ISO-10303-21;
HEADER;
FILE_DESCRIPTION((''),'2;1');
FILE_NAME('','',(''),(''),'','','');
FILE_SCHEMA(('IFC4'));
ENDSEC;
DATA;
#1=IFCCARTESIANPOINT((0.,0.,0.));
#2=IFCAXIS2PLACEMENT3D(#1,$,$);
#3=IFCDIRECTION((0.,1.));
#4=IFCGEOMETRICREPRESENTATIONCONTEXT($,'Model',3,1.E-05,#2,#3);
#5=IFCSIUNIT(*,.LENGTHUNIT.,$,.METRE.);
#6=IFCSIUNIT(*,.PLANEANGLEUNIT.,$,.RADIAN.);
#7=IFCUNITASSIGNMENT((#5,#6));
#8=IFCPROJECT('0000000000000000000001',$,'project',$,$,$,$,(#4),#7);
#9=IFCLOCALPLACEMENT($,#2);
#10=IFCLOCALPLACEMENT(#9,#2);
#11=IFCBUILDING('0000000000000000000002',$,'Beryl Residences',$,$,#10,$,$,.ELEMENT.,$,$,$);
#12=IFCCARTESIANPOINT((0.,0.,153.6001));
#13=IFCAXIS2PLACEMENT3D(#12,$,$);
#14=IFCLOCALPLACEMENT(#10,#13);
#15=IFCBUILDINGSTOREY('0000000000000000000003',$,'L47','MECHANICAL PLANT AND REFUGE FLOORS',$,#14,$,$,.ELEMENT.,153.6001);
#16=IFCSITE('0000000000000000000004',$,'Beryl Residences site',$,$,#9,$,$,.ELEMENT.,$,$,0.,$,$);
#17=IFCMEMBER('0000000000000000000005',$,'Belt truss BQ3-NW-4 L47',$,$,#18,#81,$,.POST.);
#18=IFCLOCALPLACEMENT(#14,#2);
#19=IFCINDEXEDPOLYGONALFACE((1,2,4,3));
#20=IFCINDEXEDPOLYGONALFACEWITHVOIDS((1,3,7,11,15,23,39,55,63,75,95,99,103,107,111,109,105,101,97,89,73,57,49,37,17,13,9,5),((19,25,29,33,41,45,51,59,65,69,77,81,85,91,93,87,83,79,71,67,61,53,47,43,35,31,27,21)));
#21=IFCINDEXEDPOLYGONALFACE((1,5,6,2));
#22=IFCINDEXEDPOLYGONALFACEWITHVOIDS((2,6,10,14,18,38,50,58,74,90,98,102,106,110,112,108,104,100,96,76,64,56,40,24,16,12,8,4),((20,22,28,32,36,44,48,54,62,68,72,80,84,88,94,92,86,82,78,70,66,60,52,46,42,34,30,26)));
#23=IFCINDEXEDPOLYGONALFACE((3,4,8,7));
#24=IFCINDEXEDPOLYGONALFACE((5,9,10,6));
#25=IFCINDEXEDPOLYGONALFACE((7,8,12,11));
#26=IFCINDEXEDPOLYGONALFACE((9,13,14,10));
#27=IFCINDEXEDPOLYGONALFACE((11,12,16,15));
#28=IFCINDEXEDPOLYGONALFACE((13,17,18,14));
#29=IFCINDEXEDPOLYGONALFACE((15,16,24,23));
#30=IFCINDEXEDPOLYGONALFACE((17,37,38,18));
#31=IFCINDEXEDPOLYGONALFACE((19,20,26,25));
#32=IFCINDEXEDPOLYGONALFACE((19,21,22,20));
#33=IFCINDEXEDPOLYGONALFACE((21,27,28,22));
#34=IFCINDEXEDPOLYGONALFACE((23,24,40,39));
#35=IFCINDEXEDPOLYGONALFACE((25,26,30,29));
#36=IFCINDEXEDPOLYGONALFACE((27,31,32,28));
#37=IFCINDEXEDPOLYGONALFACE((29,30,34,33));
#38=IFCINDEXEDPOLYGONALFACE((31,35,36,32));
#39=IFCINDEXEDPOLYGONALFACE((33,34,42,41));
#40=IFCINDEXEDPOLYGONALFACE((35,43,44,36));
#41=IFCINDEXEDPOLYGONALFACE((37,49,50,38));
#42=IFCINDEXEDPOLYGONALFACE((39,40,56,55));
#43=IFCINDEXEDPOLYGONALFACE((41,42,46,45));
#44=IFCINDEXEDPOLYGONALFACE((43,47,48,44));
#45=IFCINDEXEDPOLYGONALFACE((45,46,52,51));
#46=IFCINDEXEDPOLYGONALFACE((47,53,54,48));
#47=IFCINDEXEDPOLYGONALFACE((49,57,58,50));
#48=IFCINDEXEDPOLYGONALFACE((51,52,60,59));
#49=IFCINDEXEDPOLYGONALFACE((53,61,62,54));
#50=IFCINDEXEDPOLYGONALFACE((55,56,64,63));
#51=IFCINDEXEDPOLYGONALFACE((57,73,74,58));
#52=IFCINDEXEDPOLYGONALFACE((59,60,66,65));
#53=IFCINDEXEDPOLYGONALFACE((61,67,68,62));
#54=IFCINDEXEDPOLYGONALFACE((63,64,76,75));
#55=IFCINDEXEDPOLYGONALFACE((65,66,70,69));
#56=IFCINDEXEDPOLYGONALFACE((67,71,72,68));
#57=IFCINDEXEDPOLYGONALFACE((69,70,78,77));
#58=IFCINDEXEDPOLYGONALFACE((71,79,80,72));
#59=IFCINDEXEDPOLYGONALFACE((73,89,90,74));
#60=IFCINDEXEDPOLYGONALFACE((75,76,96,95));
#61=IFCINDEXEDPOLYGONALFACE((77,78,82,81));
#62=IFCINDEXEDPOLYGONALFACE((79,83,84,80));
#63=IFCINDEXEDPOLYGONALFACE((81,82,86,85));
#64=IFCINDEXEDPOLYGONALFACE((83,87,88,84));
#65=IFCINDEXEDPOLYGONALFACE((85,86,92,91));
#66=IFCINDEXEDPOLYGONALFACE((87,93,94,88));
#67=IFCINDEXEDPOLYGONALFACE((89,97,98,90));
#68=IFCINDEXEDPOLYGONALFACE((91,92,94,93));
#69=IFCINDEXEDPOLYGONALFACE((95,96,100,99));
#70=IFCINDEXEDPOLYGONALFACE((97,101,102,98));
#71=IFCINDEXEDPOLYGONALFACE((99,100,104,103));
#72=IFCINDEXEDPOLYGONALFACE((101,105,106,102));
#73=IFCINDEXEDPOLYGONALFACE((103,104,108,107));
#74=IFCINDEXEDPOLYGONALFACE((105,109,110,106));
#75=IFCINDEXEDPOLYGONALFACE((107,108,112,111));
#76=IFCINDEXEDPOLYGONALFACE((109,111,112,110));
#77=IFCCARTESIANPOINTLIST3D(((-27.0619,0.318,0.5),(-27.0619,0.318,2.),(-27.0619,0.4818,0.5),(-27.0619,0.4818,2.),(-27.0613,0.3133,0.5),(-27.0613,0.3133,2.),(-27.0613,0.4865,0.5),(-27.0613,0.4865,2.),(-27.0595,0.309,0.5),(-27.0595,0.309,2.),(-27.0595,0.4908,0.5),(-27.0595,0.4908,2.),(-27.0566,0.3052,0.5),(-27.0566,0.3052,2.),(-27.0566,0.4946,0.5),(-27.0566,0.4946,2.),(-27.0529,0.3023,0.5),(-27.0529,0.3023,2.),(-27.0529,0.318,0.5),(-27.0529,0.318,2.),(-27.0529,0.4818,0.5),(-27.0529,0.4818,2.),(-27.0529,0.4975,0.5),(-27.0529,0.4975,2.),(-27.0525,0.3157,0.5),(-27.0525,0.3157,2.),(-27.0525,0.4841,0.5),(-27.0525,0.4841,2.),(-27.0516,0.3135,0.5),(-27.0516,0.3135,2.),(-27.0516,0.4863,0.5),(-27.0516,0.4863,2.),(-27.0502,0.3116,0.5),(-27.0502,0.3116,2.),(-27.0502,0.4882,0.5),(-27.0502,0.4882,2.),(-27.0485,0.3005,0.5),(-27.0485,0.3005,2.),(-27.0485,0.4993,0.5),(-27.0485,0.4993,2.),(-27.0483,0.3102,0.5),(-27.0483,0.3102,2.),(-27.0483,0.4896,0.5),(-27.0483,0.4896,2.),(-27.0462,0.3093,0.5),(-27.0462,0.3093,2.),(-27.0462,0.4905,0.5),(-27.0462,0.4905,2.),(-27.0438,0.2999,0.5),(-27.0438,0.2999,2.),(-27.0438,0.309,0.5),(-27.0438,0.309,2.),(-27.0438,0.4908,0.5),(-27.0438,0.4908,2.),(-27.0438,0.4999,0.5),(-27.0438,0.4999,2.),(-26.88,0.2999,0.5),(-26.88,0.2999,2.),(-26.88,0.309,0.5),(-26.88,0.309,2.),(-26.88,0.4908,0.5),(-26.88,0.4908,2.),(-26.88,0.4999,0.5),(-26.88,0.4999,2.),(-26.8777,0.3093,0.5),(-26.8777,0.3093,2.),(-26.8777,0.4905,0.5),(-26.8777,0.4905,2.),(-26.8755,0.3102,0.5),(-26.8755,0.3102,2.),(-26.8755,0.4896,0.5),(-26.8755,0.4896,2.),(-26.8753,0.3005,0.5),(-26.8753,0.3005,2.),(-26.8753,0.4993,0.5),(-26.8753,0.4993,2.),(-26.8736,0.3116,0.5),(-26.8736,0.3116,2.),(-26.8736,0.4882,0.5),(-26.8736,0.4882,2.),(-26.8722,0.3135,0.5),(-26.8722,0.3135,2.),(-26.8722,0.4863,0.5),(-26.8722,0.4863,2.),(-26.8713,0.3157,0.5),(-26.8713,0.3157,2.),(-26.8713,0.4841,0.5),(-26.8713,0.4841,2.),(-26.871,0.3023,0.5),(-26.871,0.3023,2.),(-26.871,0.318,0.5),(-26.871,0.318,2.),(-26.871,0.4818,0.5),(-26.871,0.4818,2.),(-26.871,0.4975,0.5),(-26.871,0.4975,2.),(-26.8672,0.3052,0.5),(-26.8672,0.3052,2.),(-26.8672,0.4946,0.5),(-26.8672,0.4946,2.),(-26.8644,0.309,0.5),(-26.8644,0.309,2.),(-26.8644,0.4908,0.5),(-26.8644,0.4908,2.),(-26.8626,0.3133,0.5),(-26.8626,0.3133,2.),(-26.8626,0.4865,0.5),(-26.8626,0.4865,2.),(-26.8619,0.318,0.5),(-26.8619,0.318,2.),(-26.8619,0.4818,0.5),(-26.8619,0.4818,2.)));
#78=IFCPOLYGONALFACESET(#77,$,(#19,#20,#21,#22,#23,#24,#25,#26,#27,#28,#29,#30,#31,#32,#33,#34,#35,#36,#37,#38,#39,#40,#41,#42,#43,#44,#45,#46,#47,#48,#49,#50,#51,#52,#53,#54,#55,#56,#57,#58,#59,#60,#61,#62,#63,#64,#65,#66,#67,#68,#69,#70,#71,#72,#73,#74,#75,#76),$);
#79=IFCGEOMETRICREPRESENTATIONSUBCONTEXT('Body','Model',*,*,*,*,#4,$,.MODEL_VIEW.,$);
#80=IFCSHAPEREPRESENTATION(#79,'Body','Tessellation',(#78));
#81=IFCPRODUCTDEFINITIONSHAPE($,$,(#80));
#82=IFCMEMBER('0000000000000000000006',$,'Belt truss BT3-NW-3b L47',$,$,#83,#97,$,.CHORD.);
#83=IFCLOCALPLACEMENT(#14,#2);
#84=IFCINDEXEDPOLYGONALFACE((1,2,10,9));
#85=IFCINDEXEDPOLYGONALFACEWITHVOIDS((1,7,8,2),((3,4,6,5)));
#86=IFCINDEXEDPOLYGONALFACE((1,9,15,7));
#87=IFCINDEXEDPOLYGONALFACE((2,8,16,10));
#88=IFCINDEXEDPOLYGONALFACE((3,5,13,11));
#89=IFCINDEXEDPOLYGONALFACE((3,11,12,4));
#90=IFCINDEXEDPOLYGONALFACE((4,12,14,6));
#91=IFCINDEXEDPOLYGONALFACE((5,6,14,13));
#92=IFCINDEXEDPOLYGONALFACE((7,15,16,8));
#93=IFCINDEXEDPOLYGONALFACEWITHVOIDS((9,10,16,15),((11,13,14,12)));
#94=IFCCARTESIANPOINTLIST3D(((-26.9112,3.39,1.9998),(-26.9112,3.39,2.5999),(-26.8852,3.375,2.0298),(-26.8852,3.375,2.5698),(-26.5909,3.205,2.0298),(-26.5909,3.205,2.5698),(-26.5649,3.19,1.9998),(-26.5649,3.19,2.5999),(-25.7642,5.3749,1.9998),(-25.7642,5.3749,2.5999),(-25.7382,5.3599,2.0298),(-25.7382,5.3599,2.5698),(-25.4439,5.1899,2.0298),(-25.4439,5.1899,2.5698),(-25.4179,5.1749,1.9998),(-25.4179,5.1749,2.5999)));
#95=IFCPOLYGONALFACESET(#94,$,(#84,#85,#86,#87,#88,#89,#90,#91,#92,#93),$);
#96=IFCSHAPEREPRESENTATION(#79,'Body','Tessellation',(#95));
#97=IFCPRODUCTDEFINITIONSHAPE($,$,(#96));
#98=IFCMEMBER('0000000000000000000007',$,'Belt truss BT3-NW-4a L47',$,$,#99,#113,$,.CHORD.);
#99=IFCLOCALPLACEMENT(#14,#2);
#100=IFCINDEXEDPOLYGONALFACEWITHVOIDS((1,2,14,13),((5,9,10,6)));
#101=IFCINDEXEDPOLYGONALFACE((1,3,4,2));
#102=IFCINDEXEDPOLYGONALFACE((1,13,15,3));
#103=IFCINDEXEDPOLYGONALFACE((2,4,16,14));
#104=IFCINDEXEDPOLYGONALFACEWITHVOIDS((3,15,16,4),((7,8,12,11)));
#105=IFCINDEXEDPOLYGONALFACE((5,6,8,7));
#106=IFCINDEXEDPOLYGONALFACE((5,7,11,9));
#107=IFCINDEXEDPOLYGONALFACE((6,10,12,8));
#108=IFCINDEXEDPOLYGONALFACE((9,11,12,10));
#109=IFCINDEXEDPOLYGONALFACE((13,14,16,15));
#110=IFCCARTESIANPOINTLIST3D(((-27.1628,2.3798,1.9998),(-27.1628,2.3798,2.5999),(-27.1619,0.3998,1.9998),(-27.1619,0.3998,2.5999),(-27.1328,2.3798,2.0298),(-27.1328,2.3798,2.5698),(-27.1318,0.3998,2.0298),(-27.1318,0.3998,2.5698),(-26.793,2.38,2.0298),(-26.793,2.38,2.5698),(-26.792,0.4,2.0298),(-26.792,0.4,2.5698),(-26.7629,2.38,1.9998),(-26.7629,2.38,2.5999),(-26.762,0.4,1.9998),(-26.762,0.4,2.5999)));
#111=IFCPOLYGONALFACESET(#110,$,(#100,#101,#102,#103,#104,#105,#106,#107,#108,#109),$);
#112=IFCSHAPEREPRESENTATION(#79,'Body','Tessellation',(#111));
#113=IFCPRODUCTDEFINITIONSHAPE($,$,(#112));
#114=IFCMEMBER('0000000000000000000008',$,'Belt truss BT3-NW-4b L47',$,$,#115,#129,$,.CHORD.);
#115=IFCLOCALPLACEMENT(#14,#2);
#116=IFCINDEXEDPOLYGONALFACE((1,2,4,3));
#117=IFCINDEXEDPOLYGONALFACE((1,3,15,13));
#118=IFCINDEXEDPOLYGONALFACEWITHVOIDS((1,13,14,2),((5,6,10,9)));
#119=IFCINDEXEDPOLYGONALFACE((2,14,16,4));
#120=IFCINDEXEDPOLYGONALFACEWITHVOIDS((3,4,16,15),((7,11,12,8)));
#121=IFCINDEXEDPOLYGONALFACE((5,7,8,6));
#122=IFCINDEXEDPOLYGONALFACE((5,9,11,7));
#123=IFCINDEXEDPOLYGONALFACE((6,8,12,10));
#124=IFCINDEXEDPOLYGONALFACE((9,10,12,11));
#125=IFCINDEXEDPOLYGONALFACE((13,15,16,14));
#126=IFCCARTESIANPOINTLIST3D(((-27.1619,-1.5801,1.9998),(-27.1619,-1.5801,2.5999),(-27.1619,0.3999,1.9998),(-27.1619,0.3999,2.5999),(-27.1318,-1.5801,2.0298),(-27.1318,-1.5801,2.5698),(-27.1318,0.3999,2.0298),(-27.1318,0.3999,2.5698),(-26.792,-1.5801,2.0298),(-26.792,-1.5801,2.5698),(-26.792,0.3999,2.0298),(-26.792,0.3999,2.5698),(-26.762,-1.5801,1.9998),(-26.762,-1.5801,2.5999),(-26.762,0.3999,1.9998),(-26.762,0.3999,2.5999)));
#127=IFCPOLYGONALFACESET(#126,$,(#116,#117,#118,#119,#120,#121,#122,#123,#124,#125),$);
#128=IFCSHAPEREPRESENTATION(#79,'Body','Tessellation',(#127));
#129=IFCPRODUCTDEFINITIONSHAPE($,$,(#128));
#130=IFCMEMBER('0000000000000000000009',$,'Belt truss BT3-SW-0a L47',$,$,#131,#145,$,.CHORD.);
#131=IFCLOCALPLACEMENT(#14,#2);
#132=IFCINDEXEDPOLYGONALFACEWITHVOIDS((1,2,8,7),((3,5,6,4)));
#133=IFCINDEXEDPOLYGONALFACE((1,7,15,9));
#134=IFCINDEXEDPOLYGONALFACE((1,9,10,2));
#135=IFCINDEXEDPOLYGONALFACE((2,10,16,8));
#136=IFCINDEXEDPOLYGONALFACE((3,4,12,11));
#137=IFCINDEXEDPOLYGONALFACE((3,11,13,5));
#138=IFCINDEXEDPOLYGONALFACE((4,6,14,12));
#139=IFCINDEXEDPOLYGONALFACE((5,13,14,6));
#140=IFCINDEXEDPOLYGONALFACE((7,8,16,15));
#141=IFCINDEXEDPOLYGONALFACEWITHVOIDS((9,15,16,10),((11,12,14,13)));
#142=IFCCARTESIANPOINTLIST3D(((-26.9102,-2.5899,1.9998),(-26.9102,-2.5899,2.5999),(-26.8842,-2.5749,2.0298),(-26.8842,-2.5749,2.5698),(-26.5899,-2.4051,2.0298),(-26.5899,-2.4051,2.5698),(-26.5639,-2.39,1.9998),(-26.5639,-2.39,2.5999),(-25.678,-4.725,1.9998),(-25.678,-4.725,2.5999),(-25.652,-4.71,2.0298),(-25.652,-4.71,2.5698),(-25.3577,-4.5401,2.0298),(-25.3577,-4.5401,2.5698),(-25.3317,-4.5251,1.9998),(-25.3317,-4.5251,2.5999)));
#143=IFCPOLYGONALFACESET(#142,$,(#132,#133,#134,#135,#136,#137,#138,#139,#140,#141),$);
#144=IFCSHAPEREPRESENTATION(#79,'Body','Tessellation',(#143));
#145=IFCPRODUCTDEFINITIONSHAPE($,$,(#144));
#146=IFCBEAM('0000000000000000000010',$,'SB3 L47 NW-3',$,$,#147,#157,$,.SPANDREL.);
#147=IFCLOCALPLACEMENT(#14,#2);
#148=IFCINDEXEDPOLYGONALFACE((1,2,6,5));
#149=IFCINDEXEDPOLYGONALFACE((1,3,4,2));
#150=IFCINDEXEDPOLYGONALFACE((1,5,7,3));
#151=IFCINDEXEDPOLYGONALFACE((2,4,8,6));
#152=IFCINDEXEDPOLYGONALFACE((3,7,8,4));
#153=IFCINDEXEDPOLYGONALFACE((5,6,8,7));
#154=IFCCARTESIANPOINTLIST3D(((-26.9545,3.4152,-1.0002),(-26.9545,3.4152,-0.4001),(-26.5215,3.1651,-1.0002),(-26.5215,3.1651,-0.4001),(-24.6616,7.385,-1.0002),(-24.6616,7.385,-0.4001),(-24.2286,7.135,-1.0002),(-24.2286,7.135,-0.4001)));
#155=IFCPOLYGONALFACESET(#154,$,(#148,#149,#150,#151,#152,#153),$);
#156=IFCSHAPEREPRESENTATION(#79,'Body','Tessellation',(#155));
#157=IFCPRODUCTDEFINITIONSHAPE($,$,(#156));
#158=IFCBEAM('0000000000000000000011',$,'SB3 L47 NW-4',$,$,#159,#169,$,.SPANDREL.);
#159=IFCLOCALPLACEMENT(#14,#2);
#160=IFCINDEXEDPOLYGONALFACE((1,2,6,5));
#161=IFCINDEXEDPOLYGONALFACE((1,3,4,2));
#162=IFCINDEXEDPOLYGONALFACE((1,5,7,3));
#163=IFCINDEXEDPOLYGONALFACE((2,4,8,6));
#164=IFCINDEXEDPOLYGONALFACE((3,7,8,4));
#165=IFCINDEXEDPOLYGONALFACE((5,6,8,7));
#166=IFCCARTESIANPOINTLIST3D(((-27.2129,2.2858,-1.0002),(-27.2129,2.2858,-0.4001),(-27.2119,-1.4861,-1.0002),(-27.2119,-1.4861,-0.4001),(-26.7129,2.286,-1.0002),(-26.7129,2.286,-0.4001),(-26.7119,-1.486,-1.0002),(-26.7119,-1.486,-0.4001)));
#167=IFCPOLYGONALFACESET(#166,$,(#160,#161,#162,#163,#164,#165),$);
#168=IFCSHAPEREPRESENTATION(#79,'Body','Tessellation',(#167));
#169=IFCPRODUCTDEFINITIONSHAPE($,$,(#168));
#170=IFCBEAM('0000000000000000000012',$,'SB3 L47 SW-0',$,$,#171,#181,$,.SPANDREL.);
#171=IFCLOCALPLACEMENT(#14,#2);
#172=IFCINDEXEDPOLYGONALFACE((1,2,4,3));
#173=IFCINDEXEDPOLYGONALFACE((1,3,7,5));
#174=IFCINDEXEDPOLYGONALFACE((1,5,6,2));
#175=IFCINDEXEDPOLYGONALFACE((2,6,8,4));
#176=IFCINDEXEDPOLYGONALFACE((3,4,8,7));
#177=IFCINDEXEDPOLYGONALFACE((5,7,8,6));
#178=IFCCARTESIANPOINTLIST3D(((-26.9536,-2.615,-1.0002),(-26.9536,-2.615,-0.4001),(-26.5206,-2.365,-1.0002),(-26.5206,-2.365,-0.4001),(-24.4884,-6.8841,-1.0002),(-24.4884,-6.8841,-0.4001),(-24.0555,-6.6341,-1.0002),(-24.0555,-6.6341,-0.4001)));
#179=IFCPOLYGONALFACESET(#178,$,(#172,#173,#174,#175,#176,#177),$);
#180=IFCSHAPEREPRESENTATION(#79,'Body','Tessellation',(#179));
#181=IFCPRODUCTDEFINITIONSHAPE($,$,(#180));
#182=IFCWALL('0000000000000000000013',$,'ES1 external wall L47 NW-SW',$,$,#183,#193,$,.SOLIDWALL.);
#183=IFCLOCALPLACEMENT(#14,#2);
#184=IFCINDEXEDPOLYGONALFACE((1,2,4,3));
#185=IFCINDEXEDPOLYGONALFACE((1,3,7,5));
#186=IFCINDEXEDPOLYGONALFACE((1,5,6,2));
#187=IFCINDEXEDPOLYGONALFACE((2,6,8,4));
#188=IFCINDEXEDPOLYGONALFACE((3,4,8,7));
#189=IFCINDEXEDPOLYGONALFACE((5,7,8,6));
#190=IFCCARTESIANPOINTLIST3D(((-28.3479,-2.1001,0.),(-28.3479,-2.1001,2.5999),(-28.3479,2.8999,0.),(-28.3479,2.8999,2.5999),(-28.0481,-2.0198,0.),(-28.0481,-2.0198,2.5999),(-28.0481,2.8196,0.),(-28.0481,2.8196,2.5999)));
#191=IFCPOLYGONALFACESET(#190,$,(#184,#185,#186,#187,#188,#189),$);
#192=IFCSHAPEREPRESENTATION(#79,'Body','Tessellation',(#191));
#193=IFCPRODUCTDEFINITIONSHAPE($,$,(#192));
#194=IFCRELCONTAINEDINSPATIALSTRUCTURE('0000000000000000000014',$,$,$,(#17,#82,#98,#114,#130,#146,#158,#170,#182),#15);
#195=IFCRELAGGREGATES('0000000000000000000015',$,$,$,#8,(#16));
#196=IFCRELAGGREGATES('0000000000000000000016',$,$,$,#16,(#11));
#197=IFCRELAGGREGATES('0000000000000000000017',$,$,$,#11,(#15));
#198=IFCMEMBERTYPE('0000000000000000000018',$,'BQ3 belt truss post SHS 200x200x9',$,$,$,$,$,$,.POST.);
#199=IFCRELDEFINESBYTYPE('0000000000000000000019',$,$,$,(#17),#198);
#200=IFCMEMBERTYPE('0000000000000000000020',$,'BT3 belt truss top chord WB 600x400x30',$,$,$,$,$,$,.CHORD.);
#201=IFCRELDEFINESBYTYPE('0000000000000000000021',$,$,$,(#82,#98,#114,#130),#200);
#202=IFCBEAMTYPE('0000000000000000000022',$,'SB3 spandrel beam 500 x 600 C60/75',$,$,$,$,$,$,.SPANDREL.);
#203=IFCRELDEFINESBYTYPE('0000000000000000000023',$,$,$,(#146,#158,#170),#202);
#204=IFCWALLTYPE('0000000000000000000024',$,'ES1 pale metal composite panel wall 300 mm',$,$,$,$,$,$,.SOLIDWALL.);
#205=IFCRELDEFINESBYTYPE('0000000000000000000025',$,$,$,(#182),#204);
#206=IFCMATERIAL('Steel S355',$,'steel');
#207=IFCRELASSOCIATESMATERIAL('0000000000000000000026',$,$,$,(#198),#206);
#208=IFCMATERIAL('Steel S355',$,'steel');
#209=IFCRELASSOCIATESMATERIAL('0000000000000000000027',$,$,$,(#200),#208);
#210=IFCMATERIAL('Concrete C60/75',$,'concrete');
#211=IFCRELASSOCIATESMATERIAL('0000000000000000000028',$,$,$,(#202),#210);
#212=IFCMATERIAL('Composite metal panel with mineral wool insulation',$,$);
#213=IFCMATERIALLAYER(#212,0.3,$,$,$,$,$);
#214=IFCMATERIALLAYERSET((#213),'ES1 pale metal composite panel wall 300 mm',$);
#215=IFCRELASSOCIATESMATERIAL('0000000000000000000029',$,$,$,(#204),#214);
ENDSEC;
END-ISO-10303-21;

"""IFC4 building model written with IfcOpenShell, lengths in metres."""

from ifc_helpers import new_model, si_unit, direction, frame, origin, origin_2d, place, context, subcontext, project, spatial, polyline, rectangle, hollow_rectangle, outline, extrude, material, layer, layer_set, material_profile, profile_set, type_object, element, save


model = new_model("IFC4")

# Units and contexts
model_context = context("Model", 3, precision=1e-05, world=origin(), true_north=direction((0.0, 1.0)))
body_context = subcontext(model_context, "Body", "Model", "MODEL_VIEW")
ifc_project = project(units=[si_unit("LENGTHUNIT", "METRE"), si_unit("PLANEANGLEUNIT", "RADIAN")], contexts=[model_context])

# Site, building, storey
site_placement = place(None, origin())
site = spatial("IfcSite", under=ifc_project, at=site_placement, Name="Beryl Residences site", CompositionType="ELEMENT", RefElevation=0.0)
building_placement = place(site_placement, origin())
building = spatial("IfcBuilding", under=site, at=building_placement, Name="Beryl Residences", CompositionType="ELEMENT")
storey_placement = place(building_placement, frame((0.0, 0.0, 153.6001)))
storey = spatial("IfcBuildingStorey", under=building, at=storey_placement, Name="L47", Description="MECHANICAL PLANT AND REFUGE FLOORS", CompositionType="ELEMENT", Elevation=153.6001)

# Members
ifc_material_1 = material(Name="Steel S355", Category="steel")
ifc_material_profile_1 = material_profile(ifc_material_1, hollow_rectangle(XDim=0.2, YDim=0.2, WallThickness=0.009, InnerFilletRadius=0.009, OuterFilletRadius=0.0181, at=origin_2d()))
ifc_profile_set_1 = profile_set([ifc_material_profile_1], Name="Steel S355")
member_type_1 = type_object("IfcMemberType", Name="BQ3 belt truss post SHS 200x200x9", PredefinedType="POST", material=ifc_profile_set_1)
for number, where, z_axis, x_axis, name in (
    (1, (-26.9619, 0.3999, 0.5), (0.0, 0.0, 1.0), (1.0, 0.0, 0.0), "Belt truss BQ3-NW-4 L47"),
):
    element("IfcMember", number, at=place(storey_placement, frame(where, z_axis=z_axis, x_axis=x_axis)), inside=storey, type_object=member_type_1, Name=name, PredefinedType="POST", context=body_context, shape_type="SweptSolid", body=[
        extrude(hollow_rectangle(XDim=0.2, YDim=0.2, WallThickness=0.009, InnerFilletRadius=0.009, OuterFilletRadius=0.0181, at=origin_2d()), origin(), (0.0, 0.0, 1.0), 1.5),
    ])
ifc_material_2 = material(Name="Steel S355", Category="steel")
ifc_material_profile_2 = material_profile(ifc_material_2, hollow_rectangle(XDim=0.3999, YDim=0.6001, WallThickness=0.03, at=origin_2d()))
ifc_profile_set_2 = profile_set([ifc_material_profile_2], Name="Steel S355")
member_type_2 = type_object("IfcMemberType", Name="BT3 belt truss top chord WB 600x400x30", PredefinedType="CHORD", material=ifc_profile_set_2)
member_1_placement = place(storey_placement, frame((-25.5911, 5.2749, 2.2998), z_axis=(-0.500331, -0.865834, 0.0), x_axis=(0.865834, -0.500331, 0.0)))
element("IfcMember", 2, at=member_1_placement, inside=storey, type_object=member_type_2, Name="Belt truss BT3-NW-3b L47", PredefinedType="CHORD", context=body_context, shape_type="SweptSolid", body=[
    extrude(hollow_rectangle(XDim=0.3999, YDim=0.6001, WallThickness=0.03, at=origin_2d()), origin(), (0.0, 0.0, 1.0), 2.2925),
])
for number, where, z_axis, x_axis, name in (
    (3, (-26.9629, 2.3799, 2.2998), (0.000493, -1.0, 0.0), (1.0, 0.000493, 0.0), "Belt truss BT3-NW-4a L47"),
    (4, (-26.9619, 0.3999, 2.2998), (0.0, -1.0, 0.0), (1.0, 0.0, 0.0), "Belt truss BT3-NW-4b L47"),
):
    element("IfcMember", number, at=place(storey_placement, frame(where, z_axis=z_axis, x_axis=x_axis)), inside=storey, type_object=member_type_2, Name=name, PredefinedType="CHORD", context=body_context, shape_type="SweptSolid", body=[
        extrude(hollow_rectangle(XDim=0.3999, YDim=0.6001, WallThickness=0.03, at=origin_2d()), origin(), (0.0, 0.0, 1.0), 1.98),
    ])
member_2_placement = place(storey_placement, frame((-26.7371, -2.49, 2.2998), z_axis=(0.499857, -0.866108, 0.0), x_axis=(0.866108, 0.499857, 0.0)))
element("IfcMember", 5, at=member_2_placement, inside=storey, type_object=member_type_2, Name="Belt truss BT3-SW-0a L47", PredefinedType="CHORD", context=body_context, shape_type="SweptSolid", body=[
    extrude(hollow_rectangle(XDim=0.3999, YDim=0.6001, WallThickness=0.03, at=origin_2d()), origin(), (0.0, 0.0, 1.0), 2.4651),
])

# Beams
ifc_material_3 = material(Name="Concrete C60/75", Category="concrete")
ifc_material_profile_3 = material_profile(ifc_material_3, rectangle(XDim=0.5, YDim=0.6001, at=origin_2d()))
ifc_profile_set_3 = profile_set([ifc_material_profile_3], Name="Concrete C60/75")
beam_type = type_object("IfcBeamType", Name="SB3 spandrel beam 500 x 600 C60/75", PredefinedType="SPANDREL", material=ifc_profile_set_3)
beam_1_placement = place(storey_placement, frame((-24.4451, 7.26, -0.7002), z_axis=(-0.500148, -0.86594, 0.0), x_axis=(0.86594, -0.500148, 0.0)))
element("IfcBeam", 6, at=beam_1_placement, inside=storey, type_object=beam_type, Name="SB3 L47 NW-3", PredefinedType="SPANDREL", context=body_context, shape_type="SweptSolid", body=[
    extrude(rectangle(XDim=0.5, YDim=0.6001, at=origin_2d()), origin(), (0.0, 0.0, 1.0), 4.5845),
])
beam_2_placement = place(storey_placement, frame((-26.9629, 2.2859, -0.7002), z_axis=(0.000259, -1.0, 0.0), x_axis=(1.0, 0.000259, 0.0)))
element("IfcBeam", 7, at=beam_2_placement, inside=storey, type_object=beam_type, Name="SB3 L47 NW-4", PredefinedType="SPANDREL", context=body_context, shape_type="SweptSolid", body=[
    extrude(rectangle(XDim=0.5, YDim=0.6001, at=origin_2d()), origin(), (0.0, 0.0, 1.0), 3.772),
])
beam_3_placement = place(storey_placement, frame((-26.7371, -2.49, -0.7002), z_axis=(0.500054, -0.865994, 0.0), x_axis=(0.865994, 0.500054, 0.0)))
element("IfcBeam", 8, at=beam_3_placement, inside=storey, type_object=beam_type, Name="SB3 L47 SW-0", PredefinedType="SPANDREL", context=body_context, shape_type="SweptSolid", body=[
    extrude(rectangle(XDim=0.5, YDim=0.6001, at=origin_2d()), origin(), (0.0, 0.0, 1.0), 4.9297),
])

# Wall
ifc_material_4 = material(Name="Composite metal panel with mineral wool insulation")
ifc_layer_1 = layer(ifc_material_4, 0.3)
ifc_layer_set_1 = layer_set([ifc_layer_1], Name="ES1 pale metal composite panel wall 300 mm")
wall_type_1 = type_object("IfcWallType", Name="ES1 pale metal composite panel wall 300 mm", PredefinedType="SOLIDWALL", material=ifc_layer_set_1)
wall_1_placement = place(storey_placement, frame((-28.198, 2.8999, 0.0), z_axis=(0.0, 0.0, 1.0), x_axis=(0.0, -1.0, 0.0)))
element("IfcWall", 9, at=wall_1_placement, inside=storey, type_object=wall_type_1, Name="ES1 external wall L47 NW-SW", PredefinedType="SOLIDWALL", context=body_context, shape_type="SweptSolid", body=[
    extrude(outline(polyline([(0.0, -0.1499), (5.0, -0.1499), (4.9197, 0.1499), (0.0803, 0.1499), (0.0, -0.1499)])), origin(), (0.0, 0.0, 1.0), 2.5999),
])

save(model, "model.ifc")
